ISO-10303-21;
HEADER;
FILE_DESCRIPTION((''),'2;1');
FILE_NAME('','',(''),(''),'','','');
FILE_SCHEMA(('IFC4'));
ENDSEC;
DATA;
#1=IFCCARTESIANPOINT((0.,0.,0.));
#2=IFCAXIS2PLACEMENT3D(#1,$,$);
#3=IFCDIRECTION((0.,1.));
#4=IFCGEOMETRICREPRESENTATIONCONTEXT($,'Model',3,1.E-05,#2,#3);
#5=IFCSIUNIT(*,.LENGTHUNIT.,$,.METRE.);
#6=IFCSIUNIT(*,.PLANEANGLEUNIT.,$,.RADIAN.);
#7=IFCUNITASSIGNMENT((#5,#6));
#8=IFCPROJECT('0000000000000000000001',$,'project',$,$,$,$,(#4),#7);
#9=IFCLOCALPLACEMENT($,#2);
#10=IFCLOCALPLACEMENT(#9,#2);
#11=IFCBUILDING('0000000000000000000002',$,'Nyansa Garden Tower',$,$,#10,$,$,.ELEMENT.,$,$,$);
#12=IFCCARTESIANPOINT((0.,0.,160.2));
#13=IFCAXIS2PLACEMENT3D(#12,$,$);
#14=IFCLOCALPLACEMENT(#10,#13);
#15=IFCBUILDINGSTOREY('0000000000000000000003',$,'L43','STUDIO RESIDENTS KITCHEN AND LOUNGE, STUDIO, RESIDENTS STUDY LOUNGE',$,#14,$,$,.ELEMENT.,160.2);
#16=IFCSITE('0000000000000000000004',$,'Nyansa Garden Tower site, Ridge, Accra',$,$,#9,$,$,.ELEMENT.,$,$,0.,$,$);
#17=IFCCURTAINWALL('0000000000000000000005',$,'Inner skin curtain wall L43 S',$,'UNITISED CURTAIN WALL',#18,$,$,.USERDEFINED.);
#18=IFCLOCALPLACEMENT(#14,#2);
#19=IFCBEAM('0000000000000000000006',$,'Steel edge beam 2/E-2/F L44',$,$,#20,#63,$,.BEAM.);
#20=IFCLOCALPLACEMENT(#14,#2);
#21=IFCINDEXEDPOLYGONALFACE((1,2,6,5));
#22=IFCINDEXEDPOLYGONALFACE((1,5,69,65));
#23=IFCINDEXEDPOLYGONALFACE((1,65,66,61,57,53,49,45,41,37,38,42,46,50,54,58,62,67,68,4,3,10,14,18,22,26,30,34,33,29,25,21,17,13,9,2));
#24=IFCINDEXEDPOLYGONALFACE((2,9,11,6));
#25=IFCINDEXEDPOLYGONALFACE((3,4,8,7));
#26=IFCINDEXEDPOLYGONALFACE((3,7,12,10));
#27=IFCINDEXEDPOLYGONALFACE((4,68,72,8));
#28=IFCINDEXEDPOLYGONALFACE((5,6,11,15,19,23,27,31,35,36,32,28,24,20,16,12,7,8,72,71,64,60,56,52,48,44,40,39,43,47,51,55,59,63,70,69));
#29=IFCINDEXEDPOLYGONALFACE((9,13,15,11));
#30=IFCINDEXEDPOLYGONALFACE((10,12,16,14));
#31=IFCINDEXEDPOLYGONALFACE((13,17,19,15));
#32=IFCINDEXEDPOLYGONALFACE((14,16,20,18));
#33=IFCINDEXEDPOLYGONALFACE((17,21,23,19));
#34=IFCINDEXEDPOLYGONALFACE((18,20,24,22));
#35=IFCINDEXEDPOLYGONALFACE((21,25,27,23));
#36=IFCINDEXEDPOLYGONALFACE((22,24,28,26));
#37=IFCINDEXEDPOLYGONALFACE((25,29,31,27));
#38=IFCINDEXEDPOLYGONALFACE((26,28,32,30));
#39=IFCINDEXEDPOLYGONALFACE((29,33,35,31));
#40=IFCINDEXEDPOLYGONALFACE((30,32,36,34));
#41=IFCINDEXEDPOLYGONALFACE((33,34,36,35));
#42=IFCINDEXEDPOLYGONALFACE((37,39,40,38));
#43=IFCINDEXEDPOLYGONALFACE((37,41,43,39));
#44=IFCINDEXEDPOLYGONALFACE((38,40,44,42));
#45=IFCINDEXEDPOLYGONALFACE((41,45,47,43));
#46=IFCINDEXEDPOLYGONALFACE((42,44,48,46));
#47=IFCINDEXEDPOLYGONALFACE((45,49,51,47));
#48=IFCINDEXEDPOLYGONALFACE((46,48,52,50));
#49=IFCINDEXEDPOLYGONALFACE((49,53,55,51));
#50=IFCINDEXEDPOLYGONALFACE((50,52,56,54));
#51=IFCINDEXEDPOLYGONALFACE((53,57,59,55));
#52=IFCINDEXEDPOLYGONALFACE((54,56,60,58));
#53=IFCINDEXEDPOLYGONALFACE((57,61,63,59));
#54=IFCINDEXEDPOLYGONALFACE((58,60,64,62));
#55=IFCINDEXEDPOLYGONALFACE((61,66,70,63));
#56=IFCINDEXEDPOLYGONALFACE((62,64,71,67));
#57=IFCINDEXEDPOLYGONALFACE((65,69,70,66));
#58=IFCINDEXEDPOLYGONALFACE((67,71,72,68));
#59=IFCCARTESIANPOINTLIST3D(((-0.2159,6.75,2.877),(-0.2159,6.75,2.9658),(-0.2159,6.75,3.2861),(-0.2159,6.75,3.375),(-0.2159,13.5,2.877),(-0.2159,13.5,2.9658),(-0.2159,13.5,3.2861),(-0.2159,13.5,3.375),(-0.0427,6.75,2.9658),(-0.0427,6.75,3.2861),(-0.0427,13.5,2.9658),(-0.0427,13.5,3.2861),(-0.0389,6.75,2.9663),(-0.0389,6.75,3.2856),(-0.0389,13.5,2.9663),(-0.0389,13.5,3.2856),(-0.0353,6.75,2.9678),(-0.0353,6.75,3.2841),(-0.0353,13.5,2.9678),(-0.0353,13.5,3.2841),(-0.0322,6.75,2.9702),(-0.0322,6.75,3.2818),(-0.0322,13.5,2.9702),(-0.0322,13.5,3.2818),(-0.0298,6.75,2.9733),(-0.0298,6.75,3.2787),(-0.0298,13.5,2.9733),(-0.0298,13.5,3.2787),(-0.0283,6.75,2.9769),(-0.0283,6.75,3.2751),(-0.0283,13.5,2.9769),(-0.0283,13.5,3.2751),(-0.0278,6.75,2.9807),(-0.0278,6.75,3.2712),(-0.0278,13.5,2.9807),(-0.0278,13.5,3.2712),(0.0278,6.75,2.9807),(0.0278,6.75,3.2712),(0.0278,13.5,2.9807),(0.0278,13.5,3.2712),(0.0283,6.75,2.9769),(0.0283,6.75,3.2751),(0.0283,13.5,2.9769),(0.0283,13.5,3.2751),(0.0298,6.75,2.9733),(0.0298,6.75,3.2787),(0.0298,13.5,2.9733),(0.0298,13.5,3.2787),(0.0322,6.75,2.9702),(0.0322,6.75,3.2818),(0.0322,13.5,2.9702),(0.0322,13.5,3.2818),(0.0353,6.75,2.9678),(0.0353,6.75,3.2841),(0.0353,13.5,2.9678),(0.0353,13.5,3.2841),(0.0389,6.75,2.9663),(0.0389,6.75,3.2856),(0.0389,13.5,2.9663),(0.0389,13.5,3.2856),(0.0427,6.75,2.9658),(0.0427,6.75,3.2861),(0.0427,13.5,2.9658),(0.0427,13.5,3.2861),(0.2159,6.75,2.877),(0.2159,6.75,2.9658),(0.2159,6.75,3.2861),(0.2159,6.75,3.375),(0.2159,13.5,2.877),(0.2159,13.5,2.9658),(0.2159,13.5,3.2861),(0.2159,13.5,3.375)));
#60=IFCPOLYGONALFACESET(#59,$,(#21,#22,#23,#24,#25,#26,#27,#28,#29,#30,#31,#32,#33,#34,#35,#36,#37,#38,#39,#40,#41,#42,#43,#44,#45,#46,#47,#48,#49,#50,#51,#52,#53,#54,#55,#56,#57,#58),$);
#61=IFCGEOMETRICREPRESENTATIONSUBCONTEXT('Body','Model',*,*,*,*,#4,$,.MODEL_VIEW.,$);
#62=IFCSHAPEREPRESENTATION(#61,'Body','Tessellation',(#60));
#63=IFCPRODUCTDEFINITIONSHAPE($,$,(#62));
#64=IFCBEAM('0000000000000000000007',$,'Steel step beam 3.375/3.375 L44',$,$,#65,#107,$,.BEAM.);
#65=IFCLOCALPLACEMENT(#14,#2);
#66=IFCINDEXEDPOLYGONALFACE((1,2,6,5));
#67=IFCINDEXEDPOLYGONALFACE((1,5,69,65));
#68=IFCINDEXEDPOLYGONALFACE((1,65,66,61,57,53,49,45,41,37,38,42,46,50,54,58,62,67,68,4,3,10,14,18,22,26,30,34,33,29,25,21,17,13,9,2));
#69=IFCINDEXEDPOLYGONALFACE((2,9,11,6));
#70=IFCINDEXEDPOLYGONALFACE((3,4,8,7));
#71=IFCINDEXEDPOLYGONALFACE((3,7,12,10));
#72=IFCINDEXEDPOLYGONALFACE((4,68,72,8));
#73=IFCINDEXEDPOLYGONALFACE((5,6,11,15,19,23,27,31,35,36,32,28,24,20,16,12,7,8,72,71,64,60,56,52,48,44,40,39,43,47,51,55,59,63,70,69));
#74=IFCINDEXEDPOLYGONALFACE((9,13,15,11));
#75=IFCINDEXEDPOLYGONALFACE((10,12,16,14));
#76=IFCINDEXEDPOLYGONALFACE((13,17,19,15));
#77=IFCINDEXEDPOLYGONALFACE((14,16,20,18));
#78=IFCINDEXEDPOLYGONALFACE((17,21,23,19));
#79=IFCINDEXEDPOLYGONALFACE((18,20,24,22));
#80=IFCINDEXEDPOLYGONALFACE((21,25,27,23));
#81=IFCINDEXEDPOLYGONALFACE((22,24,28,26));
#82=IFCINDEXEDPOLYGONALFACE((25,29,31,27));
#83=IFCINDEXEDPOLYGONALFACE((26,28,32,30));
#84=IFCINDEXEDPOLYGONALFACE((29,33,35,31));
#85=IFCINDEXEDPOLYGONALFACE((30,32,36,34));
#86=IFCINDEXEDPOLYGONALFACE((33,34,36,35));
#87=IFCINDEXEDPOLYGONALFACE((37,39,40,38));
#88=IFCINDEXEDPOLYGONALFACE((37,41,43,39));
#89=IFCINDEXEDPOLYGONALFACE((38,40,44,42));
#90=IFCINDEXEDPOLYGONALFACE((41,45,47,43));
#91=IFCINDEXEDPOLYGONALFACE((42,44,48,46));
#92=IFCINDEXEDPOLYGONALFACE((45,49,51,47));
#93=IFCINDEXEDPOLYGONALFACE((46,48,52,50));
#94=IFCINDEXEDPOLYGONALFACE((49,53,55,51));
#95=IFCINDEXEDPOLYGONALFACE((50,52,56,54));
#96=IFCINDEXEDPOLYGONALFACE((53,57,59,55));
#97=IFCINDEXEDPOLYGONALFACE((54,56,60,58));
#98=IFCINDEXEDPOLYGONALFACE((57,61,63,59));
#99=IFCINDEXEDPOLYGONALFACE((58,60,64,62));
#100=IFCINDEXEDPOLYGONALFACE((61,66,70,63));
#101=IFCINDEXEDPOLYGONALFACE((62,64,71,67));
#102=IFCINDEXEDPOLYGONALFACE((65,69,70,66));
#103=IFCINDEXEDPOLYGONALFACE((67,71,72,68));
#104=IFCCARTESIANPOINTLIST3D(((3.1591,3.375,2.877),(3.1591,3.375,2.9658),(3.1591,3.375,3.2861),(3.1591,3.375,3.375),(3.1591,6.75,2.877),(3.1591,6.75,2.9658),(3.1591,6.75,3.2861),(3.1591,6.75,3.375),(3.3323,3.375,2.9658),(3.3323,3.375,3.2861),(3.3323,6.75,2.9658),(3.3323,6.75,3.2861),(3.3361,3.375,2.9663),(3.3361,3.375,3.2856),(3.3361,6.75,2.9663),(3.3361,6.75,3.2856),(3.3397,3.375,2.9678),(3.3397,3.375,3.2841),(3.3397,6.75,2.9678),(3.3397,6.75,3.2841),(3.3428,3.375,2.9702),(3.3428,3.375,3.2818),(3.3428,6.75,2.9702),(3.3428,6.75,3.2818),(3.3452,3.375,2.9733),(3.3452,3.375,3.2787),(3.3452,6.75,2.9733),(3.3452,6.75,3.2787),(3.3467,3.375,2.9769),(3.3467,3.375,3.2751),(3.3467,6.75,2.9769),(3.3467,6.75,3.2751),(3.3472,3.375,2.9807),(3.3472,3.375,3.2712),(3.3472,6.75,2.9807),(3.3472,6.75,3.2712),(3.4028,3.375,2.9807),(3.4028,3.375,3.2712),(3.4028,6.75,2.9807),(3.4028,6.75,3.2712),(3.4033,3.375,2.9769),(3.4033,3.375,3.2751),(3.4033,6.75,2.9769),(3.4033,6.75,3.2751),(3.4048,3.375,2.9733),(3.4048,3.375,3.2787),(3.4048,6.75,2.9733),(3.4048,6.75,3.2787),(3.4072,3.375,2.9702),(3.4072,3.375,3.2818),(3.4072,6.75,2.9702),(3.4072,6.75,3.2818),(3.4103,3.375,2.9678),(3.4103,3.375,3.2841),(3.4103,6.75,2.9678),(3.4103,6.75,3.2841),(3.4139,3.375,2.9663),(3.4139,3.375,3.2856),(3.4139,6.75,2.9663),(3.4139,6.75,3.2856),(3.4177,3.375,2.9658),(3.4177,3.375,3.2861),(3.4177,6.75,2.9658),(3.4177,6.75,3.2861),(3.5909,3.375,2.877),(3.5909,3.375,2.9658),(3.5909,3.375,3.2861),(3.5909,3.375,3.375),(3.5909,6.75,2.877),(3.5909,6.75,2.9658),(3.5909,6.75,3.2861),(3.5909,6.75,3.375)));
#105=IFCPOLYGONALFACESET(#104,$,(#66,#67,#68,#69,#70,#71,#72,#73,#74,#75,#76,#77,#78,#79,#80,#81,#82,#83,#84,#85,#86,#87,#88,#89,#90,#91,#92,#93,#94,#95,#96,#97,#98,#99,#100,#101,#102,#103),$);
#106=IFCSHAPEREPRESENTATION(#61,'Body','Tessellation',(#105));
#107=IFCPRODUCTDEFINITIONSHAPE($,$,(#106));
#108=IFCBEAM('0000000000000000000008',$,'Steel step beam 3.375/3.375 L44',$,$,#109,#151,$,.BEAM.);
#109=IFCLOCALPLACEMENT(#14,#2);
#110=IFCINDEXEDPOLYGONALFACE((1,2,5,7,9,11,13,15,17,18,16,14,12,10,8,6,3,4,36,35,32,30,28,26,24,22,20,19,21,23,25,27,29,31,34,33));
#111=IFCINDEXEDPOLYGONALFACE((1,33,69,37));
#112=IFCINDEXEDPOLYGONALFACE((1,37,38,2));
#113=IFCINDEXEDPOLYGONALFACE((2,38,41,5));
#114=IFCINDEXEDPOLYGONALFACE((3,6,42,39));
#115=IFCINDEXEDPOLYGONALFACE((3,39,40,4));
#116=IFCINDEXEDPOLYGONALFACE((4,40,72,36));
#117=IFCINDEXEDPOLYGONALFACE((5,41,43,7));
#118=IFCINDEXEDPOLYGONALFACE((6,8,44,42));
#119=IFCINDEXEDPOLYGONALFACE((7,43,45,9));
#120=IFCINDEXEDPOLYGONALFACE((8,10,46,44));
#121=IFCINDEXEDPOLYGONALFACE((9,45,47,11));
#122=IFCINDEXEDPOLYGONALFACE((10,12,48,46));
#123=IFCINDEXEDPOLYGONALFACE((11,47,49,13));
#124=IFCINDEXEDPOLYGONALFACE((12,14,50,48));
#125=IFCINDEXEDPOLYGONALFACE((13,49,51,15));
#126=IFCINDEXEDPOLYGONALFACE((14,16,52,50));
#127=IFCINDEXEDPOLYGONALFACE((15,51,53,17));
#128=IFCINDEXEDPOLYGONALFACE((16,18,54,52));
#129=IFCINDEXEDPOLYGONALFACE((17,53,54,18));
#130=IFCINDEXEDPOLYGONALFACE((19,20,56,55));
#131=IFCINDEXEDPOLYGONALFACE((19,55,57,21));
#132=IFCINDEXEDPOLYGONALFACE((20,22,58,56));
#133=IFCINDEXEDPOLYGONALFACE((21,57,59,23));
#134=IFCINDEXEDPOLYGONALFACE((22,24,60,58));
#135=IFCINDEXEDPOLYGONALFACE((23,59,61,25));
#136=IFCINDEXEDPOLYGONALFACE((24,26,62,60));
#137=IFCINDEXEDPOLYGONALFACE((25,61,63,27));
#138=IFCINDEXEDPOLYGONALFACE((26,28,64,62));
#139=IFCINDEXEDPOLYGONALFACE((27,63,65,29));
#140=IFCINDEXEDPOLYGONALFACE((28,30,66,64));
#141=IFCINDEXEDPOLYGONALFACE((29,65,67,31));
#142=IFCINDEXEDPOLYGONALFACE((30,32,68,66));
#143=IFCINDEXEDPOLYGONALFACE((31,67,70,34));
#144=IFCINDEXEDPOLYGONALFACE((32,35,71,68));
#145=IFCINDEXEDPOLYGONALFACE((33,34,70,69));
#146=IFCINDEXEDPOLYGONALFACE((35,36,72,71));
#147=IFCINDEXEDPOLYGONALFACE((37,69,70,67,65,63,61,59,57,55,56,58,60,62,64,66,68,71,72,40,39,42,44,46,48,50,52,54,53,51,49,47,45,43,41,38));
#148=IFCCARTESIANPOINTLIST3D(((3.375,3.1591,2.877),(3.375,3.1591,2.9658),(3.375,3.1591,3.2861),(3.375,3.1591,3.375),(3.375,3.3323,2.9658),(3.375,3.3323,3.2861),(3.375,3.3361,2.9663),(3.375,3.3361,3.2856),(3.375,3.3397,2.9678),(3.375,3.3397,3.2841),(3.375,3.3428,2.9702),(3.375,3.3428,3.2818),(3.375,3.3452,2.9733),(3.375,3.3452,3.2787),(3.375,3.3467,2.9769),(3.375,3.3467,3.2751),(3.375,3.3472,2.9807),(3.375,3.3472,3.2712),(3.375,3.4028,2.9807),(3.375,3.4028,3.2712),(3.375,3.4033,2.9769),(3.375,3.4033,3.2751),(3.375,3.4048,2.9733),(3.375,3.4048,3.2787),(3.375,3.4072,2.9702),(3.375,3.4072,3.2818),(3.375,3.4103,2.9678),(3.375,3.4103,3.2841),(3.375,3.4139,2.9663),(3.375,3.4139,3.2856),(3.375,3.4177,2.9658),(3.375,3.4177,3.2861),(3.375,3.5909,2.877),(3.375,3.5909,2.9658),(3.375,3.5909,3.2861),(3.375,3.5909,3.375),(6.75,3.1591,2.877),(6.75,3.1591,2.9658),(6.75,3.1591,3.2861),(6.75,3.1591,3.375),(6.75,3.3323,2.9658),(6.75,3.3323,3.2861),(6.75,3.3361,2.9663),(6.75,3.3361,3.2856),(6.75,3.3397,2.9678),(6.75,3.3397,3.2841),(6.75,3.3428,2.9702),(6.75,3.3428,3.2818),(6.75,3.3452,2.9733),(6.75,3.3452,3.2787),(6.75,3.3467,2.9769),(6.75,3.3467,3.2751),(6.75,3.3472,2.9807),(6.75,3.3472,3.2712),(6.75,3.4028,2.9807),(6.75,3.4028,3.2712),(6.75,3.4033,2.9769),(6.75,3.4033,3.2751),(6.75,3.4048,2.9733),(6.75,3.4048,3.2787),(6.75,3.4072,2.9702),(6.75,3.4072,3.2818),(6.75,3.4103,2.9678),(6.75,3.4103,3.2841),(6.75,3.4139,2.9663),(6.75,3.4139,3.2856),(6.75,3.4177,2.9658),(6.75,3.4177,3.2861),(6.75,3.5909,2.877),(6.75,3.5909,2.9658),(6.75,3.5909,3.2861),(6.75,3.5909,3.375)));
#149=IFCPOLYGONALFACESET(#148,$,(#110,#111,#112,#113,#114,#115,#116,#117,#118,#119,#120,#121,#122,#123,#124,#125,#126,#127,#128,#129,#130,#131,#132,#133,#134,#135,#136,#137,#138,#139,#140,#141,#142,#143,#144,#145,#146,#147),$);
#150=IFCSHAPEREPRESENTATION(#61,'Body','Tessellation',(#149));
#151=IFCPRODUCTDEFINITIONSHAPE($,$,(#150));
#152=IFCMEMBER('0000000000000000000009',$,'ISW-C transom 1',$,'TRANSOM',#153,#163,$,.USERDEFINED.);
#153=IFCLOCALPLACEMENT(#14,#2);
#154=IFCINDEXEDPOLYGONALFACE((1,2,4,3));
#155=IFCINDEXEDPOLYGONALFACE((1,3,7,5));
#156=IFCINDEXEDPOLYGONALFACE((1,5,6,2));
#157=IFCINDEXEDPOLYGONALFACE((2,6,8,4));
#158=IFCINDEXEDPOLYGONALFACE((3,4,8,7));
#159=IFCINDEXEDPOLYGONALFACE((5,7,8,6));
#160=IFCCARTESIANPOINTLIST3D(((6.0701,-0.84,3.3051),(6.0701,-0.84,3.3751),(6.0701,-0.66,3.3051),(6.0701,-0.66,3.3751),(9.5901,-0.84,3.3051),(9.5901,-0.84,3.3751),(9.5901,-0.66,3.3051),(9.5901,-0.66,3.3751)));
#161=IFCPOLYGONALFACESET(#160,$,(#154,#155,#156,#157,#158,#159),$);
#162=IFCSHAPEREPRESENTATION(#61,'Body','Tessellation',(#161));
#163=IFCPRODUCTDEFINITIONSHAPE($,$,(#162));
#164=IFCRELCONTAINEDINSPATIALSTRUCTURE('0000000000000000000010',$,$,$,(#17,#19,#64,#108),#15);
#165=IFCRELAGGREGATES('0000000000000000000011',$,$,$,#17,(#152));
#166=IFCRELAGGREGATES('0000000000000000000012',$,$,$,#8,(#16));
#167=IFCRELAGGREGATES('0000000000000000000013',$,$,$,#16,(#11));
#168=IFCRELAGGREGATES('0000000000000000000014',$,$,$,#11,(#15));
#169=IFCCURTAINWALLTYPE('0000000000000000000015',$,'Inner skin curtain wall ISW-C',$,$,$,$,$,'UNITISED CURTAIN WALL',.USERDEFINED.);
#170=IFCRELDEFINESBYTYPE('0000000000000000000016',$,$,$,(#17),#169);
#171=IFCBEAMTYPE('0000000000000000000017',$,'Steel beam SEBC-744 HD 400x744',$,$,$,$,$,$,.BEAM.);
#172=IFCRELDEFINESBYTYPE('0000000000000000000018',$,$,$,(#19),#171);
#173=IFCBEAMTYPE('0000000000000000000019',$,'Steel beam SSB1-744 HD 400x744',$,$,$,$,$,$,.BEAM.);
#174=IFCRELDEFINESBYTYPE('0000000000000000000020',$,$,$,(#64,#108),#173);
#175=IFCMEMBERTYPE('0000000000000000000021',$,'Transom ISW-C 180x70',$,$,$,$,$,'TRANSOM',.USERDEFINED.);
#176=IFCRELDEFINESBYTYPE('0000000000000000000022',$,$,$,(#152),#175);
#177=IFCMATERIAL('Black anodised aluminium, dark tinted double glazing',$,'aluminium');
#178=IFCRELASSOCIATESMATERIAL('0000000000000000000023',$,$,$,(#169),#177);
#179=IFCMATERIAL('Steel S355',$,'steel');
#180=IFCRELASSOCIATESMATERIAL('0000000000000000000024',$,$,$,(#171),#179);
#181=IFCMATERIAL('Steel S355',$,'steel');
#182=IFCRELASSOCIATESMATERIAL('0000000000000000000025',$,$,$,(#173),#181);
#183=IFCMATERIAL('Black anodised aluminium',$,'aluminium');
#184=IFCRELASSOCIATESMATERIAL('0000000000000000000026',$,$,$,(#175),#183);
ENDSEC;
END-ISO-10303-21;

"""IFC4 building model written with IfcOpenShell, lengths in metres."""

from ifc_helpers import new_model, si_unit, direction, frame, origin, origin_2d, place, context, subcontext, project, spatial, rectangle, i_section, extrude, material, material_profile, profile_set, type_object, element, aggregate, save


model = new_model("IFC4")

# Units and contexts
model_context = context("Model", 3, precision=1e-05, world=origin(), true_north=direction((0.0, 1.0)))
body_context = subcontext(model_context, "Body", "Model", "MODEL_VIEW")
ifc_project = project(units=[si_unit("LENGTHUNIT", "METRE"), si_unit("PLANEANGLEUNIT", "RADIAN")], contexts=[model_context])

# Site, building, storey
site_placement = place(None, origin())
site = spatial("IfcSite", under=ifc_project, at=site_placement, Name="Nyansa Garden Tower site, Ridge, Accra", CompositionType="ELEMENT", RefElevation=0.0)
building_placement = place(site_placement, origin())
building = spatial("IfcBuilding", under=site, at=building_placement, Name="Nyansa Garden Tower", CompositionType="ELEMENT")
storey_placement = place(building_placement, frame((0.0, 0.0, 160.2)))
storey = spatial("IfcBuildingStorey", under=building, at=storey_placement, Name="L43", Description="STUDIO RESIDENTS KITCHEN AND LOUNGE, STUDIO, RESIDENTS STUDY LOUNGE", CompositionType="ELEMENT", Elevation=160.2)

# Curtain wall
ifc_material_1 = material(Name="Black anodised aluminium, dark tinted double glazing", Category="aluminium")
curtain_wall_type = type_object("IfcCurtainWallType", Name="Inner skin curtain wall ISW-C", ElementType="UNITISED CURTAIN WALL", PredefinedType="USERDEFINED", material=ifc_material_1)
curtain_wall_1_placement = place(storey_placement, origin())
curtain_wall_1 = element("IfcCurtainWall", 1, at=curtain_wall_1_placement, inside=storey, type_object=curtain_wall_type, Name="Inner skin curtain wall L43 S", ObjectType="UNITISED CURTAIN WALL", PredefinedType="USERDEFINED")

# Beams
ifc_material_2 = material(Name="Steel S355", Category="steel")
ifc_material_profile_1 = material_profile(ifc_material_2, i_section(OverallWidth=0.4319, OverallDepth=0.498, WebThickness=0.0557, FlangeThickness=0.0889, FilletRadius=0.0149, at=origin_2d()), Name="HD 400x744")
ifc_profile_set_1 = profile_set([ifc_material_profile_1], Name="Steel S355")
beam_type_1 = type_object("IfcBeamType", Name="Steel beam SEBC-744 HD 400x744", PredefinedType="BEAM", material=ifc_profile_set_1)
beam_placement = place(storey_placement, frame((0.0, 6.75, 3.126), z_axis=(0.0, 1.0, 0.0), x_axis=(-1.0, 0.0, 0.0)))
element("IfcBeam", 2, at=beam_placement, inside=storey, type_object=beam_type_1, Name="Steel edge beam 2/E-2/F L44", PredefinedType="BEAM", context=body_context, shape_type="SweptSolid", body=[
    extrude(i_section(OverallWidth=0.4319, OverallDepth=0.498, WebThickness=0.0557, FlangeThickness=0.0889, FilletRadius=0.0149, at=origin_2d()), origin(), (0.0, 0.0, 1.0), 6.75),
])
ifc_material_3 = material(Name="Steel S355", Category="steel")
ifc_material_profile_2 = material_profile(ifc_material_3, i_section(OverallWidth=0.4319, OverallDepth=0.498, WebThickness=0.0557, FlangeThickness=0.0889, FilletRadius=0.0149, at=origin_2d()), Name="HD 400x744")
ifc_profile_set_2 = profile_set([ifc_material_profile_2], Name="Steel S355")
beam_type_2 = type_object("IfcBeamType", Name="Steel beam SSB1-744 HD 400x744", PredefinedType="BEAM", material=ifc_profile_set_2)
for number, where, z_axis, x_axis, name in (
    (3, (3.375, 3.375, 3.126), (0.0, 1.0, 0.0), (-1.0, 0.0, 0.0), "Steel step beam 3.375/3.375 L44"),
    (4, (3.375, 3.375, 3.126), (1.0, 0.0, 0.0), (0.0, 1.0, 0.0), "Steel step beam 3.375/3.375 L44"),
):
    element("IfcBeam", number, at=place(storey_placement, frame(where, z_axis=z_axis, x_axis=x_axis)), inside=storey, type_object=beam_type_2, Name=name, PredefinedType="BEAM", context=body_context, shape_type="SweptSolid", body=[
        extrude(i_section(OverallWidth=0.4319, OverallDepth=0.498, WebThickness=0.0557, FlangeThickness=0.0889, FilletRadius=0.0149, at=origin_2d()), origin(), (0.0, 0.0, 1.0), 3.375),
    ])

# Member
ifc_material_4 = material(Name="Black anodised aluminium", Category="aluminium")
ifc_material_profile_3 = material_profile(ifc_material_4, rectangle(XDim=0.1799, YDim=0.0701, at=origin_2d()), Name="Transom 180x70")
ifc_profile_set_3 = profile_set([ifc_material_profile_3], Name="Black anodised aluminium")
member_type_1 = type_object("IfcMemberType", Name="Transom ISW-C 180x70", ElementType="TRANSOM", PredefinedType="USERDEFINED", material=ifc_profile_set_3)
member_1_placement = place(storey_placement, frame((6.0701, -0.75, 3.3401), z_axis=(1.0, 0.0, 0.0), x_axis=(0.0, 1.0, 0.0)))
member_1 = element("IfcMember", 5, at=member_1_placement, type_object=member_type_1, Name="ISW-C transom 1", ObjectType="TRANSOM", PredefinedType="USERDEFINED", context=body_context, shape_type="SweptSolid", body=[
    extrude(rectangle(XDim=0.1799, YDim=0.0701, at=origin_2d()), origin(), (0.0, 0.0, 1.0), 3.52),
])
aggregate(curtain_wall_1, [member_1])

save(model, "model.ifc")
